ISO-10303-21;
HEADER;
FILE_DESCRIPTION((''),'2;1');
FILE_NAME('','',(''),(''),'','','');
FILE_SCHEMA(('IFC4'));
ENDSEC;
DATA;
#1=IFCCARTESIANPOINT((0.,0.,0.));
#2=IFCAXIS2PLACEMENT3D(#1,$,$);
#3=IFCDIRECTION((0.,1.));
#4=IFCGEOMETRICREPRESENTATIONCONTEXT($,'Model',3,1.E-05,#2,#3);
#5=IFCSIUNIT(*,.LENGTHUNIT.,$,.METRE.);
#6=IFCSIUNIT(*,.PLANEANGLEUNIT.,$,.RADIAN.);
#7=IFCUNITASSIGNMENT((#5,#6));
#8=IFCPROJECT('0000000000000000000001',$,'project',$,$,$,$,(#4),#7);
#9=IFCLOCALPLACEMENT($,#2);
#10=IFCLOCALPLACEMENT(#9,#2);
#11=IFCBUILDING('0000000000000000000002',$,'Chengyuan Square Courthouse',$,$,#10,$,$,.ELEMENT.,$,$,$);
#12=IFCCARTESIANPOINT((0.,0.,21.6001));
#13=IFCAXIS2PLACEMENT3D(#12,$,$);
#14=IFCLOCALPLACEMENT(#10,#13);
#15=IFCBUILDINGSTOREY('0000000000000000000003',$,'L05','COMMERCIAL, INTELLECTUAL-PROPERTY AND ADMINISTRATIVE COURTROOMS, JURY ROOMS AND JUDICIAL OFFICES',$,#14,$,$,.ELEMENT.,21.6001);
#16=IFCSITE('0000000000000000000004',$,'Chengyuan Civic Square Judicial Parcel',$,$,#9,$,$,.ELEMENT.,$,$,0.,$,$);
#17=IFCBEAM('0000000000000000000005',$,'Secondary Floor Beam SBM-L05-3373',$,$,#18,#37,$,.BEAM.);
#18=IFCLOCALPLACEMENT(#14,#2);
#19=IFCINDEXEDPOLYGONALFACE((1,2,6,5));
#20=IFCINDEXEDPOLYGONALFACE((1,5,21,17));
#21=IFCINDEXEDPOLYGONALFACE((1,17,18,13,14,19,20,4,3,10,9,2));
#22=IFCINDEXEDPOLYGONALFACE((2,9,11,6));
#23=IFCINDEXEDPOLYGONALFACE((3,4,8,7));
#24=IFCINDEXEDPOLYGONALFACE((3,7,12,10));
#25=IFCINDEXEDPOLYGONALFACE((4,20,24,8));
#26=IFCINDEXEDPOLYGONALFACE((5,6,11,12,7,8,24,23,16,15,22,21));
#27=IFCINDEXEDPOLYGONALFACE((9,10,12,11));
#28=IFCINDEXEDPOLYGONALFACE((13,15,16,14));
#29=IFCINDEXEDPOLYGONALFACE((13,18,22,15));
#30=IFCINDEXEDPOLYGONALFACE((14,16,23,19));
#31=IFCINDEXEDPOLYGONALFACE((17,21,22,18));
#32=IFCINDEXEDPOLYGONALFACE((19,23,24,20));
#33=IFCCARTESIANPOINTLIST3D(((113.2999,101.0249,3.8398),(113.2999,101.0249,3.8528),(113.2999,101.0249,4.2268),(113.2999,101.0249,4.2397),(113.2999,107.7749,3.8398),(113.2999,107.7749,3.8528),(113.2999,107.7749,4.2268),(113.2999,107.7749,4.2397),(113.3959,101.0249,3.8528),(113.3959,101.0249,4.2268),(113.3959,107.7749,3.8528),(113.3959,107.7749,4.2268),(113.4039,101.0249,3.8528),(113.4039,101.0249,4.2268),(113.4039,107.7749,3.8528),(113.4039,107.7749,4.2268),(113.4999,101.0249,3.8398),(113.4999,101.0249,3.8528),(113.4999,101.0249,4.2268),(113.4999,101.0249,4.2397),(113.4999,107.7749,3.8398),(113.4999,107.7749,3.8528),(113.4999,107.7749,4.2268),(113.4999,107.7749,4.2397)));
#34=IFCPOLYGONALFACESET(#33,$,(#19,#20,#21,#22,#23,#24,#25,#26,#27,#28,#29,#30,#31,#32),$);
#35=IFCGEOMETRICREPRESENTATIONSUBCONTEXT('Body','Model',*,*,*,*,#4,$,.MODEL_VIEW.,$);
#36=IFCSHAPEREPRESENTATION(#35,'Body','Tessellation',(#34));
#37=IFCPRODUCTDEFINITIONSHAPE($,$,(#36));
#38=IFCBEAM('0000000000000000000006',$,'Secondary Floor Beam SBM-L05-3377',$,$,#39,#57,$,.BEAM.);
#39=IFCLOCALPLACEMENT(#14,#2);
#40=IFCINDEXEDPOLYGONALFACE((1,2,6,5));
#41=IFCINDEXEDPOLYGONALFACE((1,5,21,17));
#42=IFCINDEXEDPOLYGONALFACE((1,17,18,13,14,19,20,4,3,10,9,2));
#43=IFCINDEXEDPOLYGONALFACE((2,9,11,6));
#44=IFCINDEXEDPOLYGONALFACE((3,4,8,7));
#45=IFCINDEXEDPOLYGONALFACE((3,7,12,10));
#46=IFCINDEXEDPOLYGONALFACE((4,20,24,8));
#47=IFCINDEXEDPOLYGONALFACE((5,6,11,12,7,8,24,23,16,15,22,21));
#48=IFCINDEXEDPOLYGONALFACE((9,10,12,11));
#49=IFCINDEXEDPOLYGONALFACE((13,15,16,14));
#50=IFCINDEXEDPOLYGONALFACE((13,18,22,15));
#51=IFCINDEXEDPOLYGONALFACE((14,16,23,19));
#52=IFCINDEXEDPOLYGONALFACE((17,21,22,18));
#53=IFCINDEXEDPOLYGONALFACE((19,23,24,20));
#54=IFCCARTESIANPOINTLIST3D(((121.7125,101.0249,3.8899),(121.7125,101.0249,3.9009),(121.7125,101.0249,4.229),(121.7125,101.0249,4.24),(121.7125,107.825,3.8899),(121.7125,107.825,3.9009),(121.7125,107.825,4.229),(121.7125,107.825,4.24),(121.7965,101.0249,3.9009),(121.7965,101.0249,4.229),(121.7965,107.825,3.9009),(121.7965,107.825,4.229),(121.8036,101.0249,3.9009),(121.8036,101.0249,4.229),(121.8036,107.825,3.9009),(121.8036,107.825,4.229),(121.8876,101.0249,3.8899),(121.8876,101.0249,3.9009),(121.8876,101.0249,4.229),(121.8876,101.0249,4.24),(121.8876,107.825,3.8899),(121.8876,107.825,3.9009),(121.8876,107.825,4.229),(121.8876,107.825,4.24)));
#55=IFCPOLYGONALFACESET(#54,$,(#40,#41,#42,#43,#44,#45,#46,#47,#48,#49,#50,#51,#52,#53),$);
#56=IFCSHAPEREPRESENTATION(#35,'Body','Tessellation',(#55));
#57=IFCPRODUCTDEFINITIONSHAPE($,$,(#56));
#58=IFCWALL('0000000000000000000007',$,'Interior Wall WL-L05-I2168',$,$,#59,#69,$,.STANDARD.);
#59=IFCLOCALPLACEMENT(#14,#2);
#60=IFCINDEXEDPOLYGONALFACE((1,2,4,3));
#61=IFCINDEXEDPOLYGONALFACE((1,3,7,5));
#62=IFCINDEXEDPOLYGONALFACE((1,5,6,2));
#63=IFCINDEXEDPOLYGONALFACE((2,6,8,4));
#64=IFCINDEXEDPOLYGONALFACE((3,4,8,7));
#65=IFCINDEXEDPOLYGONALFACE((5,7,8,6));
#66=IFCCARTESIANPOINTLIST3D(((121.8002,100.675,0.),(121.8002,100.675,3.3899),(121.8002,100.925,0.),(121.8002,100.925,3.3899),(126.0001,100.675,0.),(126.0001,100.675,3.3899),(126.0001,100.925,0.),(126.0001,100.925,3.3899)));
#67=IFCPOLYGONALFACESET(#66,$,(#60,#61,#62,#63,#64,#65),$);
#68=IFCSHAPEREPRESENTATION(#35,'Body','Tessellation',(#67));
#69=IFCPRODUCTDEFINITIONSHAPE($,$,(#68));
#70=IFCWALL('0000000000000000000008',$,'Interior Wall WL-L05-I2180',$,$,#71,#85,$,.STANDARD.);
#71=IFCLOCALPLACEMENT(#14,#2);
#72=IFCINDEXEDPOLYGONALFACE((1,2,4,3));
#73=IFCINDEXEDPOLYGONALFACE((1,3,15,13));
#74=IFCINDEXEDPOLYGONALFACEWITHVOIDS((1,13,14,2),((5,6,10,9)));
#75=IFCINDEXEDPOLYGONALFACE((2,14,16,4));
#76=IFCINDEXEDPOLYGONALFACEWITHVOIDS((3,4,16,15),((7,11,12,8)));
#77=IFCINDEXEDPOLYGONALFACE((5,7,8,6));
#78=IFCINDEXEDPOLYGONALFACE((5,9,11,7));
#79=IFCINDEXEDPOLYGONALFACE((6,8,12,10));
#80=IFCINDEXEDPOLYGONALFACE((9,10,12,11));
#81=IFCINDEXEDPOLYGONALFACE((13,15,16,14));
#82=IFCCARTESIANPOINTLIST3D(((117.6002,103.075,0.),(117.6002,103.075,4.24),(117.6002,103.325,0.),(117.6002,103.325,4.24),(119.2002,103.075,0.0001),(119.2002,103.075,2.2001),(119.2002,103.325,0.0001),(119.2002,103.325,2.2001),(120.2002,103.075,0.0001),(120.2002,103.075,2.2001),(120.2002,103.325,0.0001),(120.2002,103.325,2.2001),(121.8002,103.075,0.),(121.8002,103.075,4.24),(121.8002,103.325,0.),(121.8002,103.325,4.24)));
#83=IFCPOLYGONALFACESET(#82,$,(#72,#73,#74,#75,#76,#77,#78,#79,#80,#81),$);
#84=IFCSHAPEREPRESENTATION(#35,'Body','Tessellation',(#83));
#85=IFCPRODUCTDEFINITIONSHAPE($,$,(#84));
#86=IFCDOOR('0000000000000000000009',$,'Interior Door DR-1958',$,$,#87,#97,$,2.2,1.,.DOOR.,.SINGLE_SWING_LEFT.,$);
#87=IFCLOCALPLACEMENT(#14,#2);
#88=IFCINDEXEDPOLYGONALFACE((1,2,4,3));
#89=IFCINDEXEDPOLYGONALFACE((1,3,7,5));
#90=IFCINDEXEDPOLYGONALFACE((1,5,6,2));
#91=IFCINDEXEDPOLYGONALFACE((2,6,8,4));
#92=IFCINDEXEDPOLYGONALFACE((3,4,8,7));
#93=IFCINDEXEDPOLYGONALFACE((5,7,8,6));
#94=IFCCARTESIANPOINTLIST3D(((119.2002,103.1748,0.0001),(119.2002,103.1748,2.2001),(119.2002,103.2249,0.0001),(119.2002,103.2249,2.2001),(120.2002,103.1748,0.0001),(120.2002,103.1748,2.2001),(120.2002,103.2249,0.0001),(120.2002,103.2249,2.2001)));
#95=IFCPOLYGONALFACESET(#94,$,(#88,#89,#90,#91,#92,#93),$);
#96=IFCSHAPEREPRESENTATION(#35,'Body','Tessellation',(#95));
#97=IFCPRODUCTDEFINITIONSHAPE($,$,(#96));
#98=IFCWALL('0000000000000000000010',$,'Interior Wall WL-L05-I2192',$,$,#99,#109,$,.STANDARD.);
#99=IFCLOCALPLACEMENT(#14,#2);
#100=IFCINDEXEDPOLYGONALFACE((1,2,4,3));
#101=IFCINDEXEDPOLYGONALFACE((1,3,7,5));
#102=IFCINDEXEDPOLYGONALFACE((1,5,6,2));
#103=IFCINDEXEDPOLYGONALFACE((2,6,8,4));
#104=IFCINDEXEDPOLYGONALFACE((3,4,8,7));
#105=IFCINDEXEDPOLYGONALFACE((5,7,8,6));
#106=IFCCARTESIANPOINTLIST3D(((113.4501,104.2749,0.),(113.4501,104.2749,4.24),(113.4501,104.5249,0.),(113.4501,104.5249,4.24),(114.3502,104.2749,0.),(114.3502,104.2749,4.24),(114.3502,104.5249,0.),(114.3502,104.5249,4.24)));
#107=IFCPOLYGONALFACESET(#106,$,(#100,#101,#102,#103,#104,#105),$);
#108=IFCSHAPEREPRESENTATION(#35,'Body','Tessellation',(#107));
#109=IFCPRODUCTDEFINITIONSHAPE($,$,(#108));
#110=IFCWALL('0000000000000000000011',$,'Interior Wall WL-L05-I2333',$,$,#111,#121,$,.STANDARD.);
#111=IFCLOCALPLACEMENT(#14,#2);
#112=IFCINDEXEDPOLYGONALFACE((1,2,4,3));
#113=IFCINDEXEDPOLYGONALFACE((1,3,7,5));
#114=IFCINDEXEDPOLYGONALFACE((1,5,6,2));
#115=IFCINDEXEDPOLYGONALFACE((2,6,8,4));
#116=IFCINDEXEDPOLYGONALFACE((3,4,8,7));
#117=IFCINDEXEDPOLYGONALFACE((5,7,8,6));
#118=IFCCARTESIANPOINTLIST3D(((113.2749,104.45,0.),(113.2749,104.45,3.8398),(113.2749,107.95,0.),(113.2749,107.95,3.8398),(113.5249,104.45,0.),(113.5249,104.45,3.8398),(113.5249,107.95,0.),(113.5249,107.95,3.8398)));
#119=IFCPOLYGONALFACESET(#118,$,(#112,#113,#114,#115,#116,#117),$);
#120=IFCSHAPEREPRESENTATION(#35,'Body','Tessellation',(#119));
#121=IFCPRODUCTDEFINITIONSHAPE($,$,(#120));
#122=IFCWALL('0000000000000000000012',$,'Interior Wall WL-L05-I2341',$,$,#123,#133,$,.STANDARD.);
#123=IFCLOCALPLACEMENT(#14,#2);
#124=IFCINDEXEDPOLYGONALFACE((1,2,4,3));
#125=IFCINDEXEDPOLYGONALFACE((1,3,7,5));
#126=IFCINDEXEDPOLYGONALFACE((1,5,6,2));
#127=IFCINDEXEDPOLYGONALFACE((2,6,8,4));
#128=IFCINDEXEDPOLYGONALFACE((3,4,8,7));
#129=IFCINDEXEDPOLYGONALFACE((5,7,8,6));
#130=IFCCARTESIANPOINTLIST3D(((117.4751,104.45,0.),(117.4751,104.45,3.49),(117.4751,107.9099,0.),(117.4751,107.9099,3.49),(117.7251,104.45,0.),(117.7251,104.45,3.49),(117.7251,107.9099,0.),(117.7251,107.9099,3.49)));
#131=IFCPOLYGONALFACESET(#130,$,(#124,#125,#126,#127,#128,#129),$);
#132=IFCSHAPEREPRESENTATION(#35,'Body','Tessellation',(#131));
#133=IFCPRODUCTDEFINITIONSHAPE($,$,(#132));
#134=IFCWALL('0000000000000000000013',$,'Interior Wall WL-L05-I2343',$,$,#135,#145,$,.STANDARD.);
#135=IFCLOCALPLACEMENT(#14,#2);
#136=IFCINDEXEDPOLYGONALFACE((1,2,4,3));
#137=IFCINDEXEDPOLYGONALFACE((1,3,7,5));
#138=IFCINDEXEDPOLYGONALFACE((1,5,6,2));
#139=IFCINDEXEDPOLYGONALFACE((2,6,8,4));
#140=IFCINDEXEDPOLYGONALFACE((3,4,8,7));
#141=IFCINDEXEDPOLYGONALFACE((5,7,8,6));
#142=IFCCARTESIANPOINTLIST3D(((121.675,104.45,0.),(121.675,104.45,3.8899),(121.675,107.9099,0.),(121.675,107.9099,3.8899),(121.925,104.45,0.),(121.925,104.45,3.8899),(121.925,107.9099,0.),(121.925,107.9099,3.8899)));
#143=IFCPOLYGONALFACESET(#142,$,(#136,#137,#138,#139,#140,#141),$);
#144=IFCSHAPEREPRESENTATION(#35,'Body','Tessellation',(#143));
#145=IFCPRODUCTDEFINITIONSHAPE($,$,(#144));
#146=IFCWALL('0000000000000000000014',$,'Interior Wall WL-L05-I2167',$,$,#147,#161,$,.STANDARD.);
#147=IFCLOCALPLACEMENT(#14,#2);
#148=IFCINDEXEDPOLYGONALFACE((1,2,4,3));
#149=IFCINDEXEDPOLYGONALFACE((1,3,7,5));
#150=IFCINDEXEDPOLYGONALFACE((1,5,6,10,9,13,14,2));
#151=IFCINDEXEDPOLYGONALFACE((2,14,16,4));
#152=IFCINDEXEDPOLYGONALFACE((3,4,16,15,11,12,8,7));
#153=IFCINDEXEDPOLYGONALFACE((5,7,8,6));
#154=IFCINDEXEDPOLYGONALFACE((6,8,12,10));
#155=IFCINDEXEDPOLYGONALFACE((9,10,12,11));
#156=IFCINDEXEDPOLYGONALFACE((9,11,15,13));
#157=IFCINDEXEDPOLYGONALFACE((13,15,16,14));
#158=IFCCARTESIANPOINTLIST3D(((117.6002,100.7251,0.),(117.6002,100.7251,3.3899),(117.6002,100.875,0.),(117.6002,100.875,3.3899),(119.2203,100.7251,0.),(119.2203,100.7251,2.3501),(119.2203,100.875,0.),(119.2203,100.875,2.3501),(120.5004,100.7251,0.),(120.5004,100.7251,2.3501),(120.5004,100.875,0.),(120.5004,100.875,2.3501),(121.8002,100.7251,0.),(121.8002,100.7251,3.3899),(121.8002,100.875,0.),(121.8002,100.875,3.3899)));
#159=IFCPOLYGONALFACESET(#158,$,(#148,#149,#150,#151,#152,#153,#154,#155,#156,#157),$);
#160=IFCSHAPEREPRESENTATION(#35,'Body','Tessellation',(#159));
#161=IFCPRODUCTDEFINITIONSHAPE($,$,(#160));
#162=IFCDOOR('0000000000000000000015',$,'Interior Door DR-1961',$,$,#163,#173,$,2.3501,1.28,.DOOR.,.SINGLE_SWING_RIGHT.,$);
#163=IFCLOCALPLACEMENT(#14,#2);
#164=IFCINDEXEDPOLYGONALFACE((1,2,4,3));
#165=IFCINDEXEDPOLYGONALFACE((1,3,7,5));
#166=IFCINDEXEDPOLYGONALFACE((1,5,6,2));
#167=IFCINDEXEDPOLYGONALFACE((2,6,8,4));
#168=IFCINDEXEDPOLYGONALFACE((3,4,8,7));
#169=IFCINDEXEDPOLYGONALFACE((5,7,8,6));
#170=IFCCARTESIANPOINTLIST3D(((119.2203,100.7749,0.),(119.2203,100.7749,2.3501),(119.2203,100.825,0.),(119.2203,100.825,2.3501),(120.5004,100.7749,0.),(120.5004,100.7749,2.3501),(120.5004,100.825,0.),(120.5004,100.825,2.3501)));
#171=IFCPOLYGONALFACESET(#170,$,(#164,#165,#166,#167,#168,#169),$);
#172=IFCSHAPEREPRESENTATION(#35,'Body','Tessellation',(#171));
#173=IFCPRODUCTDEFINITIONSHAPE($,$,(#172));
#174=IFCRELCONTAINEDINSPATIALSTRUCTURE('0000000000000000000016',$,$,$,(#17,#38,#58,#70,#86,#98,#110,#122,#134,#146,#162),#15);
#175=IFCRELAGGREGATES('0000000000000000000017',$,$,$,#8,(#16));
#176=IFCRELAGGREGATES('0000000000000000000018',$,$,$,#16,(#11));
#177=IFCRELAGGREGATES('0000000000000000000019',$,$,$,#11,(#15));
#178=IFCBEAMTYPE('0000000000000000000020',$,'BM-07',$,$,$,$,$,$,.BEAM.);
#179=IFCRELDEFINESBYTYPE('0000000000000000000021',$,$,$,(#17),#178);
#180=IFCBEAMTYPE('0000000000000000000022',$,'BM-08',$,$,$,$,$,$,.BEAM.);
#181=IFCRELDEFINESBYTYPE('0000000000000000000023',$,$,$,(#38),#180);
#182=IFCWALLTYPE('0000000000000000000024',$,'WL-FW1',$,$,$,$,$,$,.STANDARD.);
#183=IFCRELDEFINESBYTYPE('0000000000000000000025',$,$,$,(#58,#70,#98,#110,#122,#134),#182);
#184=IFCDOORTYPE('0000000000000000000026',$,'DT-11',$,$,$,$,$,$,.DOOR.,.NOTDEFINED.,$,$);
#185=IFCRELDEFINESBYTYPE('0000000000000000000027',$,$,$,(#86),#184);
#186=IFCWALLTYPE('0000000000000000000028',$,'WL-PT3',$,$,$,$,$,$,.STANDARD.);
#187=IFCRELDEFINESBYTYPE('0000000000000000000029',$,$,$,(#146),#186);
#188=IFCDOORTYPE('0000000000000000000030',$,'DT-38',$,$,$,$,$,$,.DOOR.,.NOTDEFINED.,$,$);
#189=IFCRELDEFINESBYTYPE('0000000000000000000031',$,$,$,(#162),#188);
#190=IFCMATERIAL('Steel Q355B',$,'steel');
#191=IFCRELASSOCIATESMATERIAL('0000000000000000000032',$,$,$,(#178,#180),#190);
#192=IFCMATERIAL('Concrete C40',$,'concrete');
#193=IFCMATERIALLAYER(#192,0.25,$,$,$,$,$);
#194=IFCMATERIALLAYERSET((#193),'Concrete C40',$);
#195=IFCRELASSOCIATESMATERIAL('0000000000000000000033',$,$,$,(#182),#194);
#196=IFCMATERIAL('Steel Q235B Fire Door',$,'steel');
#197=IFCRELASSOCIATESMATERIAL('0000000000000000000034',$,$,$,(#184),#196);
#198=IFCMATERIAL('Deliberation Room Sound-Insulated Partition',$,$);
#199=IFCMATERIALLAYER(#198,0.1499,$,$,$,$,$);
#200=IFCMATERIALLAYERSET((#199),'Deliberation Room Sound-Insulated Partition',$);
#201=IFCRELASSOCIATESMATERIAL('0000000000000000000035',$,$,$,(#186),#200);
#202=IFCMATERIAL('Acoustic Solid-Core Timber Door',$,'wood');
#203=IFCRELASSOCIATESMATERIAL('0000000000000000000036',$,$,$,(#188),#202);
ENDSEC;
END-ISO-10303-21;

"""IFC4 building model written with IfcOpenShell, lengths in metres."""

from ifc_helpers import new_model, si_unit, direction, frame, frame_2d, origin, origin_2d, place, context, subcontext, project, spatial, rectangle, i_section, extrude, material, layer, layer_set, material_profile, profile_set, type_object, element, fill, save


model = new_model("IFC4")

# Units and contexts
model_context = context("Model", 3, precision=1e-05, world=origin(), true_north=direction((0.0, 1.0)))
body_context = subcontext(model_context, "Body", "Model", "MODEL_VIEW")
ifc_project = project(units=[si_unit("LENGTHUNIT", "METRE"), si_unit("PLANEANGLEUNIT", "RADIAN")], contexts=[model_context])

# Site, building, storey
site_placement = place(None, origin())
site = spatial("IfcSite", under=ifc_project, at=site_placement, Name="Chengyuan Civic Square Judicial Parcel", CompositionType="ELEMENT", RefElevation=0.0)
building_placement = place(site_placement, origin())
building = spatial("IfcBuilding", under=site, at=building_placement, Name="Chengyuan Square Courthouse", CompositionType="ELEMENT")
storey_placement = place(building_placement, frame((0.0, 0.0, 21.6001)))
storey = spatial("IfcBuildingStorey", under=building, at=storey_placement, Name="L05", Description="COMMERCIAL, INTELLECTUAL-PROPERTY AND ADMINISTRATIVE COURTROOMS, JURY ROOMS AND JUDICIAL OFFICES", CompositionType="ELEMENT", Elevation=21.6001)

# Beams
ifc_material_1 = material(Name="Steel Q355B", Category="steel")
ifc_material_profile_1 = material_profile(ifc_material_1, i_section(OverallWidth=0.2, OverallDepth=0.3999, WebThickness=0.0081, FlangeThickness=0.0129, at=origin_2d()), Name="HN 400x200x8x13")
ifc_profile_set_1 = profile_set([ifc_material_profile_1], Name="Steel Q355B")
beam_type_1 = type_object("IfcBeamType", Name="BM-07", PredefinedType="BEAM", material=ifc_profile_set_1)
beam_1_placement = place(storey_placement, frame((113.3999, 101.0249, 4.0398), z_axis=(0.0, 1.0, 0.0), x_axis=(-1.0, 0.0, 0.0)))
element("IfcBeam", 1, at=beam_1_placement, inside=storey, type_object=beam_type_1, Name="Secondary Floor Beam SBM-L05-3373", PredefinedType="BEAM", context=body_context, shape_type="SweptSolid", body=[
    extrude(i_section(OverallWidth=0.2, OverallDepth=0.3999, WebThickness=0.0081, FlangeThickness=0.0129, at=origin_2d()), origin(), (0.0, 0.0, 1.0), 6.75),
])
ifc_material_profile_2 = material_profile(ifc_material_1, i_section(OverallWidth=0.175, OverallDepth=0.3501, WebThickness=0.0071, FlangeThickness=0.011, at=origin_2d()), Name="HN 350x175x7x11")
ifc_profile_set_2 = profile_set([ifc_material_profile_2], Name="Steel Q355B")
beam_type_2 = type_object("IfcBeamType", Name="BM-08", PredefinedType="BEAM", material=ifc_profile_set_2)
beam_2_placement = place(storey_placement, frame((121.8, 101.0249, 4.0649), z_axis=(0.0, 1.0, 0.0), x_axis=(-1.0, 0.0, 0.0)))
element("IfcBeam", 2, at=beam_2_placement, inside=storey, type_object=beam_type_2, Name="Secondary Floor Beam SBM-L05-3377", PredefinedType="BEAM", context=body_context, shape_type="SweptSolid", body=[
    extrude(i_section(OverallWidth=0.175, OverallDepth=0.3501, WebThickness=0.0071, FlangeThickness=0.011, at=origin_2d()), origin(), (0.0, 0.0, 1.0), 6.8),
])

# Wall
ifc_material_2 = material(Name="Concrete C40", Category="concrete")
ifc_layer_1 = layer(ifc_material_2, 0.25)
ifc_layer_set_1 = layer_set([ifc_layer_1], Name="Concrete C40")
wall_type_1 = type_object("IfcWallType", Name="WL-FW1", PredefinedType="STANDARD", material=ifc_layer_set_1)
wall_1_placement = place(storey_placement, frame((121.8, 100.8, 0.0), z_axis=(0.0, 0.0, 1.0), x_axis=(1.0, 0.0, 0.0)))
element("IfcWall", 3, at=wall_1_placement, inside=storey, type_object=wall_type_1, Name="Interior Wall WL-L05-I2168", PredefinedType="STANDARD", context=body_context, shape_type="SweptSolid", body=[
    extrude(rectangle(XDim=4.2, YDim=0.25, at=frame_2d((2.1001, 0.0))), origin(), (0.0, 0.0, 1.0), 3.3899),
])

# Wall, opening, door
ifc_material_3 = material(Name="Steel Q235B Fire Door", Category="steel")
wall_2_placement = place(storey_placement, frame((117.6001, 103.2, 0.0), z_axis=(0.0, 0.0, 1.0), x_axis=(1.0, 0.0, 0.0)))
wall_2 = element("IfcWall", 4, at=wall_2_placement, inside=storey, type_object=wall_type_1, Name="Interior Wall WL-L05-I2180", PredefinedType="STANDARD", context=body_context, shape_type="SweptSolid", body=[
    extrude(rectangle(XDim=4.2, YDim=0.25, at=frame_2d((2.1001, 0.0))), origin(), (0.0, 0.0, 1.0), 4.24),
])
opening_1_placement = place(wall_2_placement, frame((1.6001, 0.0, 0.0)))
opening_1 = element("IfcOpeningElement", 5, at=opening_1_placement, cuts=wall_2, PredefinedType="OPENING", context=body_context, shape_type="SweptSolid", body=[
    extrude(rectangle(XDim=1.0, YDim=2.2, at=frame_2d((0.5, 1.1001))), frame((0.0, 0.137, 0.0), z_axis=(0.0, -1.0, 0.0), x_axis=(1.0, 0.0, 0.0)), (0.0, 0.0, 1.0), 0.2739),
])
door_type_1 = type_object("IfcDoorType", Name="DT-11", OperationType="NOTDEFINED", PredefinedType="DOOR", material=ifc_material_3)
door_1_placement = place(opening_1_placement, origin())
door_1 = element("IfcDoor", 6, at=door_1_placement, inside=storey, type_object=door_type_1, Name="Interior Door DR-1958", OperationType="SINGLE_SWING_LEFT", OverallHeight=2.2, OverallWidth=1.0, PredefinedType="DOOR", context=body_context, shape_type="SweptSolid", body=[
    extrude(rectangle(XDim=1.0, YDim=2.2, at=frame_2d((0.5, 1.1001))), frame((0.0, 0.0249, 0.0), z_axis=(0.0, -1.0, 0.0), x_axis=(1.0, 0.0, 0.0)), (0.0, 0.0, 1.0), 0.05),
])
fill(opening_1, door_1)

# Walls
wall_3_placement = place(storey_placement, frame((113.45, 104.3999, 0.0), z_axis=(0.0, 0.0, 1.0), x_axis=(1.0, 0.0, 0.0)))
element("IfcWall", 7, at=wall_3_placement, inside=storey, type_object=wall_type_1, Name="Interior Wall WL-L05-I2192", PredefinedType="STANDARD", context=body_context, shape_type="SweptSolid", body=[
    extrude(rectangle(XDim=0.9001, YDim=0.25, at=frame_2d((0.4502, 0.0))), origin(), (0.0, 0.0, 1.0), 4.24),
])
wall_4_placement = place(storey_placement, frame((113.3999, 104.45, 0.0), z_axis=(0.0, 0.0, 1.0), x_axis=(0.0, 1.0, 0.0)))
element("IfcWall", 8, at=wall_4_placement, inside=storey, type_object=wall_type_1, Name="Interior Wall WL-L05-I2333", PredefinedType="STANDARD", context=body_context, shape_type="SweptSolid", body=[
    extrude(rectangle(XDim=3.5, YDim=0.25, at=frame_2d((1.75, 0.0))), origin(), (0.0, 0.0, 1.0), 3.8398),
])
wall_5_placement = place(storey_placement, frame((117.6001, 104.45, 0.0), z_axis=(0.0, 0.0, 1.0), x_axis=(0.0, 1.0, 0.0)))
element("IfcWall", 9, at=wall_5_placement, inside=storey, type_object=wall_type_1, Name="Interior Wall WL-L05-I2341", PredefinedType="STANDARD", context=body_context, shape_type="SweptSolid", body=[
    extrude(rectangle(XDim=3.46, YDim=0.25, at=frame_2d((1.73, 0.0))), origin(), (0.0, 0.0, 1.0), 3.49),
])

# Wall
wall_6_placement = place(storey_placement, frame((121.8, 104.45, 0.0), z_axis=(0.0, 0.0, 1.0), x_axis=(0.0, 1.0, 0.0)))
element("IfcWall", 10, at=wall_6_placement, inside=storey, type_object=wall_type_1, Name="Interior Wall WL-L05-I2343", PredefinedType="STANDARD", context=body_context, shape_type="SweptSolid", body=[
    extrude(rectangle(XDim=3.46, YDim=0.25, at=frame_2d((1.73, 0.0))), origin(), (0.0, 0.0, 1.0), 3.8899),
])

# Wall, opening, door
ifc_material_4 = material(Name="Deliberation Room Sound-Insulated Partition")
ifc_layer_2 = layer(ifc_material_4, 0.1499)
ifc_layer_set_2 = layer_set([ifc_layer_2], Name="Deliberation Room Sound-Insulated Partition")
wall_type_2 = type_object("IfcWallType", Name="WL-PT3", PredefinedType="STANDARD", material=ifc_layer_set_2)
wall_7_placement = place(storey_placement, frame((117.6001, 100.8, 0.0), z_axis=(0.0, 0.0, 1.0), x_axis=(1.0, 0.0, 0.0)))
wall_7 = element("IfcWall", 11, at=wall_7_placement, inside=storey, type_object=wall_type_2, Name="Interior Wall WL-L05-I2167", PredefinedType="STANDARD", context=body_context, shape_type="SweptSolid", body=[
    extrude(rectangle(XDim=4.2, YDim=0.1499, at=frame_2d((2.1001, 0.0))), origin(), (0.0, 0.0, 1.0), 3.3899),
])
opening_2_placement = place(wall_7_placement, frame((1.6201, 0.0, 0.0)))
opening_2 = element("IfcOpeningElement", 12, at=opening_2_placement, cuts=wall_7, PredefinedType="OPENING", context=body_context, shape_type="SweptSolid", body=[
    extrude(rectangle(XDim=1.28, YDim=2.3501, at=frame_2d((0.6401, 1.175))), frame((0.0, 0.0869, 0.0), z_axis=(0.0, -1.0, 0.0), x_axis=(1.0, 0.0, 0.0)), (0.0, 0.0, 1.0), 0.1738),
])
ifc_material_5 = material(Name="Acoustic Solid-Core Timber Door", Category="wood")
door_type_2 = type_object("IfcDoorType", Name="DT-38", OperationType="NOTDEFINED", PredefinedType="DOOR", material=ifc_material_5)
door_2_placement = place(opening_2_placement, origin())
door_2 = element("IfcDoor", 13, at=door_2_placement, inside=storey, type_object=door_type_2, Name="Interior Door DR-1961", OperationType="SINGLE_SWING_RIGHT", OverallHeight=2.3501, OverallWidth=1.28, PredefinedType="DOOR", context=body_context, shape_type="SweptSolid", body=[
    extrude(rectangle(XDim=1.28, YDim=2.3501, at=frame_2d((0.6401, 1.175))), frame((0.0, 0.0249, 0.0), z_axis=(0.0, -1.0, 0.0), x_axis=(1.0, 0.0, 0.0)), (0.0, 0.0, 1.0), 0.05),
])
fill(opening_2, door_2)

save(model, "model.ifc")
